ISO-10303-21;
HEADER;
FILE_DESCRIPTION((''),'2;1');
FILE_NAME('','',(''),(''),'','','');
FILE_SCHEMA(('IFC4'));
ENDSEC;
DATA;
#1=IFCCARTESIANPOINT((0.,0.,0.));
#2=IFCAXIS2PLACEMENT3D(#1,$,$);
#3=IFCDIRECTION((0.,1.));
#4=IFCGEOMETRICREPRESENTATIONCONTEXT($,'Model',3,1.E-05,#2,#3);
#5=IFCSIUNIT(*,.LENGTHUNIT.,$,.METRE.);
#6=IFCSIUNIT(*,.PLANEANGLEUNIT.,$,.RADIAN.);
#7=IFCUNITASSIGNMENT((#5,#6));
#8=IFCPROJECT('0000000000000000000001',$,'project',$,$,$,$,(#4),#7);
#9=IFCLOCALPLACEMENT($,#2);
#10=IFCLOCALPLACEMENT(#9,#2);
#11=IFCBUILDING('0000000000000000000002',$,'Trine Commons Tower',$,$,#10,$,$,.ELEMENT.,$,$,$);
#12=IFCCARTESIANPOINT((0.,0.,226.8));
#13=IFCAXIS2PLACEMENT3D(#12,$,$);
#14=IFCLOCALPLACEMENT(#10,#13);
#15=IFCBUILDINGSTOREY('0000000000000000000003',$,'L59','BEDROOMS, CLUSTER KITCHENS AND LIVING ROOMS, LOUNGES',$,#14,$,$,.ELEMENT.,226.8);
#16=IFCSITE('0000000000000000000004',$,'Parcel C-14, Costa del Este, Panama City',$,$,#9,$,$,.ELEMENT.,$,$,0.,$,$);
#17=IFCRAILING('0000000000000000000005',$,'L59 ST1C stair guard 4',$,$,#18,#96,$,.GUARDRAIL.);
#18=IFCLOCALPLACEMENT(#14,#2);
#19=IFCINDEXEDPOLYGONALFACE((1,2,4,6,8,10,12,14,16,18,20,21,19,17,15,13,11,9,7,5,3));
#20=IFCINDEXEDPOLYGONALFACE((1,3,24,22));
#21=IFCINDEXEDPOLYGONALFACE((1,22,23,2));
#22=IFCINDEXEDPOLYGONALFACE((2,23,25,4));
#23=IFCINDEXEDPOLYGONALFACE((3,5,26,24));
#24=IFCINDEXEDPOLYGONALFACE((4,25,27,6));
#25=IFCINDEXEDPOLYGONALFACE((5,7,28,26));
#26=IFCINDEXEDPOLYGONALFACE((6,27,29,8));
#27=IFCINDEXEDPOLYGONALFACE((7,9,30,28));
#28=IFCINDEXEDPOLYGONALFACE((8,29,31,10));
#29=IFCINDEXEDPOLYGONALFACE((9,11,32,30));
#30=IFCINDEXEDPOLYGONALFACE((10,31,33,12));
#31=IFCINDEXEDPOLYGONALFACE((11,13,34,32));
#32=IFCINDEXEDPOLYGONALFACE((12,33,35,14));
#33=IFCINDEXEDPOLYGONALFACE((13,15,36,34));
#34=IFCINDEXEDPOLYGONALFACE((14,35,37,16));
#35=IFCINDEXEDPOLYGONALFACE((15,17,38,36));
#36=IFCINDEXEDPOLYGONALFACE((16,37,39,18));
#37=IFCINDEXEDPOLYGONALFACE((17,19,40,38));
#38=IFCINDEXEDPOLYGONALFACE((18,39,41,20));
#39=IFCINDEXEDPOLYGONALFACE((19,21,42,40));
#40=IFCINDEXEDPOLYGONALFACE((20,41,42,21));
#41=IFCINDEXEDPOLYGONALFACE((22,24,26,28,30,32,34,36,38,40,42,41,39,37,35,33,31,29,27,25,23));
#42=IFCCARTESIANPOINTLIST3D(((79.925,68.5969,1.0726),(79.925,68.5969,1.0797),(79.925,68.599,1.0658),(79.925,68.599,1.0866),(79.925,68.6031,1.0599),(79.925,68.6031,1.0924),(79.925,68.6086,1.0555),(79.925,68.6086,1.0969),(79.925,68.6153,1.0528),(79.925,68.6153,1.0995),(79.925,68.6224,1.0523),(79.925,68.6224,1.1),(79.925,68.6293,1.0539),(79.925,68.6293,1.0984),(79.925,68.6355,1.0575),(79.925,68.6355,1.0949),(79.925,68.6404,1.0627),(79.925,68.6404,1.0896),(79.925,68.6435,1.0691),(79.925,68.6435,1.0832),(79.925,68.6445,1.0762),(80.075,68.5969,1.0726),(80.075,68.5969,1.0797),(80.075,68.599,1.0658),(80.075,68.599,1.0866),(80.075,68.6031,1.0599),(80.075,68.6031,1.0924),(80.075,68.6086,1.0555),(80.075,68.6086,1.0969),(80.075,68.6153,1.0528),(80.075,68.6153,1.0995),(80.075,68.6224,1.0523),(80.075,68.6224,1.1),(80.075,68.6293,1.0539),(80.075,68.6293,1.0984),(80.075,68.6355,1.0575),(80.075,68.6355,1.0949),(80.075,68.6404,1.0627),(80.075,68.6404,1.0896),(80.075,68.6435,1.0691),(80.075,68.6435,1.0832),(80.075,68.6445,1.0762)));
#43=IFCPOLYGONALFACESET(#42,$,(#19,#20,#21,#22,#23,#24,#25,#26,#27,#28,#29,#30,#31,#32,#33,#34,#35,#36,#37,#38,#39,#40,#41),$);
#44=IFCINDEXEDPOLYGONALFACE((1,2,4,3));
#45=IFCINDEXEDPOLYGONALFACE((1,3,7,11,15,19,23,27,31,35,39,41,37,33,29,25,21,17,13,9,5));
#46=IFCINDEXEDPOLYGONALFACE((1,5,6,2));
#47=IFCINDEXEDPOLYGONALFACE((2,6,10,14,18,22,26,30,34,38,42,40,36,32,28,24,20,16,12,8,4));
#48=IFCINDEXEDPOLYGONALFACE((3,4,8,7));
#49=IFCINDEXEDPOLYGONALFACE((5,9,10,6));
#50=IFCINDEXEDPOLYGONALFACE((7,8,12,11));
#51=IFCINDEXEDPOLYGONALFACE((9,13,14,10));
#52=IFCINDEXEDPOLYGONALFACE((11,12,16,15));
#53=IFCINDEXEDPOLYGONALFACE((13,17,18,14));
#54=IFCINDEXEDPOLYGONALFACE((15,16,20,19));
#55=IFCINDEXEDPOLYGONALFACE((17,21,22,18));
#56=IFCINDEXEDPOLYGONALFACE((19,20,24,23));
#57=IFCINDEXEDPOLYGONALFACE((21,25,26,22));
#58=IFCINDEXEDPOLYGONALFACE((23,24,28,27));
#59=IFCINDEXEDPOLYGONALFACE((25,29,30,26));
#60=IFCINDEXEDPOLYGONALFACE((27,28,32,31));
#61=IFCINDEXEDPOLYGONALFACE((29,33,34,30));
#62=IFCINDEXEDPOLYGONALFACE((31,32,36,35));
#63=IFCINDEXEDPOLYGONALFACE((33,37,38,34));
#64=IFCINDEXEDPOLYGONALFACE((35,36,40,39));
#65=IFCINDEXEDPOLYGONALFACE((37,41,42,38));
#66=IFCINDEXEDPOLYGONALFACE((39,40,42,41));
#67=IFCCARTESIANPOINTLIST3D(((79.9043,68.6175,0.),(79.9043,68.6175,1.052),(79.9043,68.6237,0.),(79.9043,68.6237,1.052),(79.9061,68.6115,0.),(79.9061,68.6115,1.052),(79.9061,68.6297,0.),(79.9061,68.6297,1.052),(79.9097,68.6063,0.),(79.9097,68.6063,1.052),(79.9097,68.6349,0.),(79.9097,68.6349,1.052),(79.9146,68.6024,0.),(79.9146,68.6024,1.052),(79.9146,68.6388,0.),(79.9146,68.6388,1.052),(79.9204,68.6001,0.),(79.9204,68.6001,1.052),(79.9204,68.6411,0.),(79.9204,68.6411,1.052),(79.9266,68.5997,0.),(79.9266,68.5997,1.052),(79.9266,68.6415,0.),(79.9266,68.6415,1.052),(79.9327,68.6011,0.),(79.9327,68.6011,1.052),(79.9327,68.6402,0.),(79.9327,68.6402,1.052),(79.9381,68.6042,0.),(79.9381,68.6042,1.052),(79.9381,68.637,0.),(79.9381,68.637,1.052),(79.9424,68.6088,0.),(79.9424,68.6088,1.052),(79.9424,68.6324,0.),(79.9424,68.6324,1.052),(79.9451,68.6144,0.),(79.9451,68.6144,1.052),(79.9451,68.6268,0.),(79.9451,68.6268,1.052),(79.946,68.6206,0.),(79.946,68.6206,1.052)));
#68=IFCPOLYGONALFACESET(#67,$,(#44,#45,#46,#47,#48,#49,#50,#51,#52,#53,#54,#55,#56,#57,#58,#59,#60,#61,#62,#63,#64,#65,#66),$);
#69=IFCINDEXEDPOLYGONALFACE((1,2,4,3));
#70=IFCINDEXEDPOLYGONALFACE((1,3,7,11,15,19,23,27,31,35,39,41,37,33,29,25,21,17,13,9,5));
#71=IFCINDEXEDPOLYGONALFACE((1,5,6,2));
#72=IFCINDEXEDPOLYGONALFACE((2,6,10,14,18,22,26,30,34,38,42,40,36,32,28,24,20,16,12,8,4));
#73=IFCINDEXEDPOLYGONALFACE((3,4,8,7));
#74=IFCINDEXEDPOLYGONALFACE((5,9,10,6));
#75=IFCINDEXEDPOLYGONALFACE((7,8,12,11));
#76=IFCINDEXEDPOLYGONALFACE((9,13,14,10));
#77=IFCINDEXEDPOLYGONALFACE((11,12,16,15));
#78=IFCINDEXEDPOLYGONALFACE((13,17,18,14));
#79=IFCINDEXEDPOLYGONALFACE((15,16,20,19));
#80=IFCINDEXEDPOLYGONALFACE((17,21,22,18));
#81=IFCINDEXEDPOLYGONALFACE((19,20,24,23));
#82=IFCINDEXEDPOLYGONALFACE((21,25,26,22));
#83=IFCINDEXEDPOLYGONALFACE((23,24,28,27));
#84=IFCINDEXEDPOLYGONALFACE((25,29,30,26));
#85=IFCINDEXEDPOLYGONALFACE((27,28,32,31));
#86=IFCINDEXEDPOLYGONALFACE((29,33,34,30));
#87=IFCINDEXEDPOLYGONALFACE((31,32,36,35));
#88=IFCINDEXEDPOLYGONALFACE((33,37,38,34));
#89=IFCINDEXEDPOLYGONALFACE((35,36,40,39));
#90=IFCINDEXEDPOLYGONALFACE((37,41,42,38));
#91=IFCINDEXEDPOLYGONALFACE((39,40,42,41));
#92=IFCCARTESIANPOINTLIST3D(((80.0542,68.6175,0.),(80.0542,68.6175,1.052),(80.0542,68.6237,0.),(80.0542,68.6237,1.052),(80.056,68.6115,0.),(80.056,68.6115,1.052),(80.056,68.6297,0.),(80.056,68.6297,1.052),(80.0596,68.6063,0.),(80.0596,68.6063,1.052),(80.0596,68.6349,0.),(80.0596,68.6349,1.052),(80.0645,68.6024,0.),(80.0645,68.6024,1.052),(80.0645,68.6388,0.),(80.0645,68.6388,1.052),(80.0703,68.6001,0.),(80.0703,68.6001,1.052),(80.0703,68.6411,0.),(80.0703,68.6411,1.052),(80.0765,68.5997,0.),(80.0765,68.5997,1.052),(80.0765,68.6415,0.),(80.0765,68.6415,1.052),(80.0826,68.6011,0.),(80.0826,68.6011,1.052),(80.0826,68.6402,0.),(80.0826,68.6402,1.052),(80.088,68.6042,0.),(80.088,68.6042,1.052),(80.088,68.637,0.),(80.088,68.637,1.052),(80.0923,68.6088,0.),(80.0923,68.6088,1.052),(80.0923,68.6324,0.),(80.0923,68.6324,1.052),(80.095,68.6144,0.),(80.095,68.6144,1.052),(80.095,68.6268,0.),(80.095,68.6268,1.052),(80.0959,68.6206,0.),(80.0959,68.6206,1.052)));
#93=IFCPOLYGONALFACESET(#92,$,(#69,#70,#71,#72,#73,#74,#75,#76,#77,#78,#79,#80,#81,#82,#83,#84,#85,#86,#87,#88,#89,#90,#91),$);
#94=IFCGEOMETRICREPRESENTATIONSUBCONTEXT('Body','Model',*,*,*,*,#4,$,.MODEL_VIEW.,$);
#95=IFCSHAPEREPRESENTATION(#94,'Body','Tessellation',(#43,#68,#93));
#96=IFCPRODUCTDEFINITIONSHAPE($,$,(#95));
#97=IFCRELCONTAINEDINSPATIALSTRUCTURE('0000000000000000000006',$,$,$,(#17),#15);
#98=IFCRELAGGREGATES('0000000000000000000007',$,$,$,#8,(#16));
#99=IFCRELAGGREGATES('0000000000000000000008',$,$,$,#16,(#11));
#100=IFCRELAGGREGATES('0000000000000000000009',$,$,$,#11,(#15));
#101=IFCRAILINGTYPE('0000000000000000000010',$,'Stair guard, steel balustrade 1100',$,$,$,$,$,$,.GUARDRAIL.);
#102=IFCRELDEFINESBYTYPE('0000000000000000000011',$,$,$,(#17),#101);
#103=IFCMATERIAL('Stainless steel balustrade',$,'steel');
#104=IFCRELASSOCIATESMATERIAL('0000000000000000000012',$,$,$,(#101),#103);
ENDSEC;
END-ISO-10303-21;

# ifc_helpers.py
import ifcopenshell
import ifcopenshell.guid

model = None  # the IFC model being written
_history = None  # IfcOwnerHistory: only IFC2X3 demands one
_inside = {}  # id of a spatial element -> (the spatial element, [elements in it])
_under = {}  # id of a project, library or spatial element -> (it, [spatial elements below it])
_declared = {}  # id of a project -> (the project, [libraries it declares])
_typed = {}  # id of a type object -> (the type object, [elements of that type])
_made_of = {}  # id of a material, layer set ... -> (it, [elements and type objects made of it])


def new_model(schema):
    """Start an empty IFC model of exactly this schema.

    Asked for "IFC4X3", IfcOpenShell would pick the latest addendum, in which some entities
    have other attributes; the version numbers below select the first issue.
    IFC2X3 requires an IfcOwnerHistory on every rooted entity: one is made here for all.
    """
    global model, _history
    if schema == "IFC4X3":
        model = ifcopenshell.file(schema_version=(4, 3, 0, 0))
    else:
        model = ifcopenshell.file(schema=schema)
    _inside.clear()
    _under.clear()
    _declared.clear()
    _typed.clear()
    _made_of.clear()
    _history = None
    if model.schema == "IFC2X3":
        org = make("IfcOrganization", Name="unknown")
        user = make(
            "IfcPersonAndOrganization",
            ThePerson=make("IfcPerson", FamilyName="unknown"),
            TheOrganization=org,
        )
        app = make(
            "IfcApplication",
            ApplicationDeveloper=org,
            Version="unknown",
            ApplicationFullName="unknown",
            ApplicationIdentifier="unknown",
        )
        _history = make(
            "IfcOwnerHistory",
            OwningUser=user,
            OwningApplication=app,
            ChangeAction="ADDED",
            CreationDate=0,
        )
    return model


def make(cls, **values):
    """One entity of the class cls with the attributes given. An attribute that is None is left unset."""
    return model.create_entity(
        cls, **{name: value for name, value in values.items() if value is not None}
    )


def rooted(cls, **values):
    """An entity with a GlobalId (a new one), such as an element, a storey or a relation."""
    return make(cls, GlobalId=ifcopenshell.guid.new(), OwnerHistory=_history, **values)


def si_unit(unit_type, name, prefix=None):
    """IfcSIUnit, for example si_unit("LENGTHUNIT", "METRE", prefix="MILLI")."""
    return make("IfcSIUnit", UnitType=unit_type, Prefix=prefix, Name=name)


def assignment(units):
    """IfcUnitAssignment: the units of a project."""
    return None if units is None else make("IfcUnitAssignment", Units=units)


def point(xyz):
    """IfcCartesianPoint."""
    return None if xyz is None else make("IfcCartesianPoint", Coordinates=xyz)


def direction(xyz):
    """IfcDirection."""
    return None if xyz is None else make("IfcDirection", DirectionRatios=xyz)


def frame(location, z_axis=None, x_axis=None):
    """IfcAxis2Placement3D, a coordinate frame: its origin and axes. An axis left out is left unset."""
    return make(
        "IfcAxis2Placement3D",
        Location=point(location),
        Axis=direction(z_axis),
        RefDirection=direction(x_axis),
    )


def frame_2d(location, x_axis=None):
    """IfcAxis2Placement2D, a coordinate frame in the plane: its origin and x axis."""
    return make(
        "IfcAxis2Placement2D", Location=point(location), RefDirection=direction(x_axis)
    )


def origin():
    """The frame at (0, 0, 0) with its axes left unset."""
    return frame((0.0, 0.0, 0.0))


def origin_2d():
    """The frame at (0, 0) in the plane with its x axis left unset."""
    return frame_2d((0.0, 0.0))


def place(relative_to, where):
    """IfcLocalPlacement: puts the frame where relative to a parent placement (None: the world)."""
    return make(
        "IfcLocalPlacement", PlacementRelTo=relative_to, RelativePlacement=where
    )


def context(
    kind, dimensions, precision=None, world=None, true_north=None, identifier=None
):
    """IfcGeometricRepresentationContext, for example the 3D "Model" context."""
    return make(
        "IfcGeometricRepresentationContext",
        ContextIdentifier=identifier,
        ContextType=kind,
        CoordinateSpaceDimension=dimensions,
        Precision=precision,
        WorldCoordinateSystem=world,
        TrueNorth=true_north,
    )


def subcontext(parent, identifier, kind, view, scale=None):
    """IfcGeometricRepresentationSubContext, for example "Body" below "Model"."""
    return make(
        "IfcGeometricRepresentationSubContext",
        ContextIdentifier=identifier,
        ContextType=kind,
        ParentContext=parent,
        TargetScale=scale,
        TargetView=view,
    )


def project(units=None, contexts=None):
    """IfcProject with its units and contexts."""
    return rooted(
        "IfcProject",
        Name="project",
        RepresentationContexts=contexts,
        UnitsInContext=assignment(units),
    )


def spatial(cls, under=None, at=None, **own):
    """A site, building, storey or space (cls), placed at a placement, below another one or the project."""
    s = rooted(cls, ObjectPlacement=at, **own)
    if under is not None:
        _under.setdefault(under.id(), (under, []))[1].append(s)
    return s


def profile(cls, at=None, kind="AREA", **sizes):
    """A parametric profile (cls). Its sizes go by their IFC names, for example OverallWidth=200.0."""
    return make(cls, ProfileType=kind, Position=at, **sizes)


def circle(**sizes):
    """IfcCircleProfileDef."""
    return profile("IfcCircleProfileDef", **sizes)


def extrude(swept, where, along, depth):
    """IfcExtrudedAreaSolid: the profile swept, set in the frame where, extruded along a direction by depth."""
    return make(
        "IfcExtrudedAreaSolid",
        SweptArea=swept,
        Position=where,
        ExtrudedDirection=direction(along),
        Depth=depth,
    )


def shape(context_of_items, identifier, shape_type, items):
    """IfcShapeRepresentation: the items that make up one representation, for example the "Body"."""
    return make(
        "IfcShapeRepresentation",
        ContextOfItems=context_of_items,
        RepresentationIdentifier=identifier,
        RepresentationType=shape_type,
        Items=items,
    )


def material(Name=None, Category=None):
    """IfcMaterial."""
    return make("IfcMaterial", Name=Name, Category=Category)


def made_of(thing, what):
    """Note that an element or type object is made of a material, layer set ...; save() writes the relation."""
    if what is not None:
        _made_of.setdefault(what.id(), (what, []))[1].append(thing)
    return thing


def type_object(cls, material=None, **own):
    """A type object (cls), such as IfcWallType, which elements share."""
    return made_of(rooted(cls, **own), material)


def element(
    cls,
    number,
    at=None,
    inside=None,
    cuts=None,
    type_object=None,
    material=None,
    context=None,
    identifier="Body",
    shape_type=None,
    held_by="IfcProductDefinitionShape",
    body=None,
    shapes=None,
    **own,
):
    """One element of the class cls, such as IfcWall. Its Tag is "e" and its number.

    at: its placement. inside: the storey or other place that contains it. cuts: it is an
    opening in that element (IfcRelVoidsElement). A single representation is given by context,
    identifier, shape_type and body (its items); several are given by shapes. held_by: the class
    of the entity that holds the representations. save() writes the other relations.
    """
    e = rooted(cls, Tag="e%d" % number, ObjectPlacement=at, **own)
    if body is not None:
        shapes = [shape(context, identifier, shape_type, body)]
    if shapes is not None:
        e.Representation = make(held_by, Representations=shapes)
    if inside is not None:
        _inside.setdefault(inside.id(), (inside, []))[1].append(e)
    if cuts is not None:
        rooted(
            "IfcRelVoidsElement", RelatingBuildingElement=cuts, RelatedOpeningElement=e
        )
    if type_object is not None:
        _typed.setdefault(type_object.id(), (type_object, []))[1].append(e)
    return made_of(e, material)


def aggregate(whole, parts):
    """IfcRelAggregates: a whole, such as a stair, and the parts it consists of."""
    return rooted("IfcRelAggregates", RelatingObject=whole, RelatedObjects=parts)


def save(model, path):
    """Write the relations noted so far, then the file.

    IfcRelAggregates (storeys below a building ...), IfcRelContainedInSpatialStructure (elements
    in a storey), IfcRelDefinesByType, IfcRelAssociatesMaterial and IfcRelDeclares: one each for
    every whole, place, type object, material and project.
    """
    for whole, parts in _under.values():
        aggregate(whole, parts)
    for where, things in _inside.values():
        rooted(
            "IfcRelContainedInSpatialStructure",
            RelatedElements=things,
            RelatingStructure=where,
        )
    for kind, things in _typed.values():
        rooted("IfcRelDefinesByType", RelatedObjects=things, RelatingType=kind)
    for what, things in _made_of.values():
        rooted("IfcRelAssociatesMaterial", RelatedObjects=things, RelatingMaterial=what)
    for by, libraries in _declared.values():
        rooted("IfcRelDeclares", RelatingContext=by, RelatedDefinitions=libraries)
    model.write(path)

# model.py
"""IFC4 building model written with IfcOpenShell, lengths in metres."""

from ifc_helpers import new_model, si_unit, direction, frame, origin, origin_2d, place, context, subcontext, project, spatial, circle, extrude, material, type_object, element, save


model = new_model("IFC4")

# Units and contexts
model_context = context("Model", 3, precision=1e-05, world=origin(), true_north=direction((0.0, 1.0)))
body_context = subcontext(model_context, "Body", "Model", "MODEL_VIEW")
ifc_project = project(units=[si_unit("LENGTHUNIT", "METRE"), si_unit("PLANEANGLEUNIT", "RADIAN")], contexts=[model_context])

# Site, building, storey
site_placement = place(None, origin())
site = spatial("IfcSite", under=ifc_project, at=site_placement, Name="Parcel C-14, Costa del Este, Panama City", CompositionType="ELEMENT", RefElevation=0.0)
building_placement = place(site_placement, origin())
building = spatial("IfcBuilding", under=site, at=building_placement, Name="Trine Commons Tower", CompositionType="ELEMENT")
storey_placement = place(building_placement, frame((0.0, 0.0, 226.8)))
storey = spatial("IfcBuildingStorey", under=building, at=storey_placement, Name="L59", Description="BEDROOMS, CLUSTER KITCHENS AND LIVING ROOMS, LOUNGES", CompositionType="ELEMENT", Elevation=226.8)

# Railing
ifc_material_1 = material(Name="Stainless steel balustrade", Category="steel")
railing_type_1 = type_object("IfcRailingType", Name="Stair guard, steel balustrade 1100", PredefinedType="GUARDRAIL", material=ifc_material_1)
railing_1_placement = place(storey_placement, frame((79.925, 68.6206, 0.0)))
element("IfcRailing", 1, at=railing_1_placement, inside=storey, type_object=railing_type_1, Name="L59 ST1C stair guard 4", PredefinedType="GUARDRAIL", context=body_context, shape_type="SweptSolid", body=[
    extrude(circle(Radius=0.0239, at=origin_2d()), frame((0.0, 0.0, 1.0762), z_axis=(1.0, 0.0, 0.0), x_axis=(0.0, 1.0, 0.0)), (0.0, 0.0, 1.0), 0.1499),
    extrude(circle(Radius=0.021, at=origin_2d()), origin(), (0.0, 0.0, 1.0), 1.052),
    extrude(circle(Radius=0.021, at=origin_2d()), frame((0.1499, 0.0, 0.0)), (0.0, 0.0, 1.0), 1.052),
])

save(model, "model.ifc")
